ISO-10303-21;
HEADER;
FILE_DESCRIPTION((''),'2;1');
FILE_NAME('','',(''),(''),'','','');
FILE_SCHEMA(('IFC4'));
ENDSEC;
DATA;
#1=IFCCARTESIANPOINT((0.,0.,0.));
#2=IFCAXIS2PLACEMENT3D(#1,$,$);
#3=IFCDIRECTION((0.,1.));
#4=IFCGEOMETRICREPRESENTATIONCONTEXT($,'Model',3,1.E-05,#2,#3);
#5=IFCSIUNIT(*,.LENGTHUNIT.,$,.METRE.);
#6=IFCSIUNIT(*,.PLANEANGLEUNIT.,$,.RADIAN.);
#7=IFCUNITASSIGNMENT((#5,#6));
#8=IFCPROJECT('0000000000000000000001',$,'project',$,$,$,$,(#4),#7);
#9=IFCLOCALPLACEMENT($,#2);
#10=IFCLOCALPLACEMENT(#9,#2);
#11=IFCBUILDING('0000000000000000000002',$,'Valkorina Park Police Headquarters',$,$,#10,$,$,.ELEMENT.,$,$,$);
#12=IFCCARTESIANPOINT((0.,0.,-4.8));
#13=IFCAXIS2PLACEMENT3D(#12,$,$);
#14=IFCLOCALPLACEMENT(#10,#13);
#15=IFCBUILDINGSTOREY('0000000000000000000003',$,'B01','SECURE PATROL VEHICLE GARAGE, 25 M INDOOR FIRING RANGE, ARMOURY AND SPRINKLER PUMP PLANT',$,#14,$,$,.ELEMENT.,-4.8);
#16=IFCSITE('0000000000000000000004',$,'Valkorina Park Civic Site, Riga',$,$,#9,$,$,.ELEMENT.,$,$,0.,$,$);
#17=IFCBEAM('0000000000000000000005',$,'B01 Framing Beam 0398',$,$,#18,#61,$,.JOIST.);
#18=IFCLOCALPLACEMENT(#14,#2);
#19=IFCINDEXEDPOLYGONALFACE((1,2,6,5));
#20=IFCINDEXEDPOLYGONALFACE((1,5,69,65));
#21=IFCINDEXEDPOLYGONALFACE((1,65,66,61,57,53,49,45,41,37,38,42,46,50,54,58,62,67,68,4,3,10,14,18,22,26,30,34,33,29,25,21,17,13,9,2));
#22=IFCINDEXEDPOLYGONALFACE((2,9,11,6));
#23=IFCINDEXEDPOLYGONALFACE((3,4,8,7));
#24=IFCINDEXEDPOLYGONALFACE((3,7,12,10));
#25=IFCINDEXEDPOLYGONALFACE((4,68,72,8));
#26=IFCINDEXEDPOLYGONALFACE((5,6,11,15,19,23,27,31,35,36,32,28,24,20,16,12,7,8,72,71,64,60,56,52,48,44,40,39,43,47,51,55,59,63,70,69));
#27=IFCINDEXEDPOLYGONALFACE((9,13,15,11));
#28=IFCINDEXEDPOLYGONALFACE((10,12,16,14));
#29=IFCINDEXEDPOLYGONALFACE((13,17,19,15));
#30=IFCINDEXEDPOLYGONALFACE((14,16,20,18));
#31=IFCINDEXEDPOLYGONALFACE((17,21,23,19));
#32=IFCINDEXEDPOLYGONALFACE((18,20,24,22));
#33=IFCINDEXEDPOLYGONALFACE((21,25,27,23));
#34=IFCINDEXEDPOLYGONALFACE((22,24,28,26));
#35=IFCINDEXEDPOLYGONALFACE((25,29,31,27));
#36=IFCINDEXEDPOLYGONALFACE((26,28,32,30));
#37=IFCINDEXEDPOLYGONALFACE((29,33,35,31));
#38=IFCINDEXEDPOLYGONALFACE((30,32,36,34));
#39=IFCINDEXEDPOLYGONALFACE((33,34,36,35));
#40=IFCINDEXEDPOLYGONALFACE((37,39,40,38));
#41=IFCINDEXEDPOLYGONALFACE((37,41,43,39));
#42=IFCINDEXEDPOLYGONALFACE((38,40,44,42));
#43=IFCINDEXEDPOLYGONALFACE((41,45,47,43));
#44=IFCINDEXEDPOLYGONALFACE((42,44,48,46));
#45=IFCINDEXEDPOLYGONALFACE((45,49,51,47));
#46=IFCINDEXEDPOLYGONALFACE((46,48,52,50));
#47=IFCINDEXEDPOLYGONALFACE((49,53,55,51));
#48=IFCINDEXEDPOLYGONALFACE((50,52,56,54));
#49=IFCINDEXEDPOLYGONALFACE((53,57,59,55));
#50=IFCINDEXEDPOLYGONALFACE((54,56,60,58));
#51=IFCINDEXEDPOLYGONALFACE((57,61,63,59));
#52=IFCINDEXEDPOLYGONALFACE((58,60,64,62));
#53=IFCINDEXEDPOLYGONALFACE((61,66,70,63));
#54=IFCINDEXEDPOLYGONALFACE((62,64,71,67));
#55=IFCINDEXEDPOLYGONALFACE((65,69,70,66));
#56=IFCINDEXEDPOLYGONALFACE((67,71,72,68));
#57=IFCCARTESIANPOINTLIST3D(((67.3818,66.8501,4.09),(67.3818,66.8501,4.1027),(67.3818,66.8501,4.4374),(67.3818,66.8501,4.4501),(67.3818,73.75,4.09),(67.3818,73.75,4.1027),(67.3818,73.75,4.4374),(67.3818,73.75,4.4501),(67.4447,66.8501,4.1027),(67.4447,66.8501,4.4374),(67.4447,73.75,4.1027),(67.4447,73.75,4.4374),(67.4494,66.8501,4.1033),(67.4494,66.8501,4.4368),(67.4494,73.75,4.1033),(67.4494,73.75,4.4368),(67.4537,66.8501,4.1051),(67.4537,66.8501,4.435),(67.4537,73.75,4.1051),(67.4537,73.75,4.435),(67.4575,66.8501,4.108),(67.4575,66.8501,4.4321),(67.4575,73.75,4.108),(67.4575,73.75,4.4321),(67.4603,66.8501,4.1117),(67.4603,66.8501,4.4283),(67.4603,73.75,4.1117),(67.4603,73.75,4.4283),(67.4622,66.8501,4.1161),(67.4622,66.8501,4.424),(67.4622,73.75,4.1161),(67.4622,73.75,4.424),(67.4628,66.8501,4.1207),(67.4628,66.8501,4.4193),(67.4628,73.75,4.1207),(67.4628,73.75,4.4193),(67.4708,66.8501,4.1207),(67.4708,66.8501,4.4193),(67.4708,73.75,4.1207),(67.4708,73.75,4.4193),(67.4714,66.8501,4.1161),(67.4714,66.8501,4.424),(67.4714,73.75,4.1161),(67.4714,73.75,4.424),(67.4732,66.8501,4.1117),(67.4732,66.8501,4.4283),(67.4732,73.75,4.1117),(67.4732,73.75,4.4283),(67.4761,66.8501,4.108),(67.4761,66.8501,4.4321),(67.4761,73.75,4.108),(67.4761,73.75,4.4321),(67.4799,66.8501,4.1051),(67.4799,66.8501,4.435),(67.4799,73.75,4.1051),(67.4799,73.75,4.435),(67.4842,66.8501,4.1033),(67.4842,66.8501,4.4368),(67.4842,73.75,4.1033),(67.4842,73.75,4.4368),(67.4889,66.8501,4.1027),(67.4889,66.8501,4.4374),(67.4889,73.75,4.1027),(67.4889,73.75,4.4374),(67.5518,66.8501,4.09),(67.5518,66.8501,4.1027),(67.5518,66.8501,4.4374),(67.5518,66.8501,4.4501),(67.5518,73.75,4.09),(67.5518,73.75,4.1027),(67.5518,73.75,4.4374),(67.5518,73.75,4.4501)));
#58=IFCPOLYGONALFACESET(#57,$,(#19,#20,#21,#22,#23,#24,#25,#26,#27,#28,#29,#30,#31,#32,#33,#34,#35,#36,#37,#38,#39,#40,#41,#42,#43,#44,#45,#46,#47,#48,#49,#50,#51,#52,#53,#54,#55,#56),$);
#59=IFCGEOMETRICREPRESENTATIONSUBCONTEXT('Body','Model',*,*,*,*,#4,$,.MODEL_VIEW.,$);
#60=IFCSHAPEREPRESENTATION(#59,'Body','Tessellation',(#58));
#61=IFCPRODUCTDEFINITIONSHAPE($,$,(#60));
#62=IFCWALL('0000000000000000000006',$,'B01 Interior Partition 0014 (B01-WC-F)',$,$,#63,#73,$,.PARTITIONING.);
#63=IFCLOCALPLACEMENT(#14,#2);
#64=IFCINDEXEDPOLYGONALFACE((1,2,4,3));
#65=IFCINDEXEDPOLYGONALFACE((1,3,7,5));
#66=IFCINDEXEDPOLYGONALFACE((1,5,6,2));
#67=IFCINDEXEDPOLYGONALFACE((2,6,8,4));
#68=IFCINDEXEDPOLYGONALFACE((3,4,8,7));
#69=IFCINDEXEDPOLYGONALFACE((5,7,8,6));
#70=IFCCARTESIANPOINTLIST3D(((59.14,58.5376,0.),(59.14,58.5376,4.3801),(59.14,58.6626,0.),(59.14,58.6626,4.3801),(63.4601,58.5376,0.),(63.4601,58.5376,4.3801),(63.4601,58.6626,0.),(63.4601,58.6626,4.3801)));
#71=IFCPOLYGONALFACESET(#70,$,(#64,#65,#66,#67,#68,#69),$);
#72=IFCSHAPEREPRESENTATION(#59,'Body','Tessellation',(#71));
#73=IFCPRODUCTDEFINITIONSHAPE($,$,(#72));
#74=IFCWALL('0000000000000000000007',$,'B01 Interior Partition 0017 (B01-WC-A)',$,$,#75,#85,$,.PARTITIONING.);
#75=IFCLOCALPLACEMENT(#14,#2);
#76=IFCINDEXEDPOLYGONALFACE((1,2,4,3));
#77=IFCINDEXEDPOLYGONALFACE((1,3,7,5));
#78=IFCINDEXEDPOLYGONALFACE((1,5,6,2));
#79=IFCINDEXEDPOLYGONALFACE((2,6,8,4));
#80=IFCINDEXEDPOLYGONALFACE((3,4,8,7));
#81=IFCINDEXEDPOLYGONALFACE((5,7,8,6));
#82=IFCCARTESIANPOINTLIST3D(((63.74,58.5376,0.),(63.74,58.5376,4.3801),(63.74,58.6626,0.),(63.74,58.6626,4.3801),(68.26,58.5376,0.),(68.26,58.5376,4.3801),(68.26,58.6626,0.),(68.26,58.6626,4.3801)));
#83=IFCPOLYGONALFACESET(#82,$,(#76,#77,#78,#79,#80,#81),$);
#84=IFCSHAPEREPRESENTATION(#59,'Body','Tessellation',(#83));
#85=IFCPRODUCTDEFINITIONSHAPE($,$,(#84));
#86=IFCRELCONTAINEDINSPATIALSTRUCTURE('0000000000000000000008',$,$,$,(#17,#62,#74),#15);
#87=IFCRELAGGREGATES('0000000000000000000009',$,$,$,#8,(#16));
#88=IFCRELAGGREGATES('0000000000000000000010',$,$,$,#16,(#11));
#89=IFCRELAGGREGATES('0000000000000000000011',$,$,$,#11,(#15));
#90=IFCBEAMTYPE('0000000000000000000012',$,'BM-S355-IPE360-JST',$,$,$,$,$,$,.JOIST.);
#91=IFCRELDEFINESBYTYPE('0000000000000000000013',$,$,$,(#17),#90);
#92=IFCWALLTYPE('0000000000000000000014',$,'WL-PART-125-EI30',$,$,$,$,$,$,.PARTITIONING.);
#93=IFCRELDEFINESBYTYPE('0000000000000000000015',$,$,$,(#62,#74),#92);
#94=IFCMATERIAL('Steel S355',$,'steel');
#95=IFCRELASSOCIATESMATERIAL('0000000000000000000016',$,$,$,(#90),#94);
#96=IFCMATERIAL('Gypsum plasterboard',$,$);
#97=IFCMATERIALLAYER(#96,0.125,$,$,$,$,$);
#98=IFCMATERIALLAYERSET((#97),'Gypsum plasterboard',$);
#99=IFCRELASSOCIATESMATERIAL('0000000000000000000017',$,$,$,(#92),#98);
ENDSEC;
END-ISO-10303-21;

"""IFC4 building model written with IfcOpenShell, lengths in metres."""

from ifc_helpers import new_model, si_unit, direction, frame, frame_2d, origin, origin_2d, place, context, subcontext, project, spatial, rectangle, i_section, extrude, material, layer, layer_set, material_profile, profile_set, type_object, element, save


model = new_model("IFC4")

# Units and contexts
model_context = context("Model", 3, precision=1e-05, world=origin(), true_north=direction((0.0, 1.0)))
body_context = subcontext(model_context, "Body", "Model", "MODEL_VIEW")
ifc_project = project(units=[si_unit("LENGTHUNIT", "METRE"), si_unit("PLANEANGLEUNIT", "RADIAN")], contexts=[model_context])

# Site, building, storey
site_placement = place(None, origin())
site = spatial("IfcSite", under=ifc_project, at=site_placement, Name="Valkorina Park Civic Site, Riga", CompositionType="ELEMENT", RefElevation=0.0)
building_placement = place(site_placement, origin())
building = spatial("IfcBuilding", under=site, at=building_placement, Name="Valkorina Park Police Headquarters", CompositionType="ELEMENT")
storey_placement = place(building_placement, frame((0.0, 0.0, -4.8)))
storey = spatial("IfcBuildingStorey", under=building, at=storey_placement, Name="B01", Description="SECURE PATROL VEHICLE GARAGE, 25 M INDOOR FIRING RANGE, ARMOURY AND SPRINKLER PUMP PLANT", CompositionType="ELEMENT", Elevation=-4.8)

# Beam
ifc_material_1 = material(Name="Steel S355", Category="steel")
ifc_material_profile_1 = material_profile(ifc_material_1, i_section(OverallWidth=0.1699, OverallDepth=0.3601, WebThickness=0.0081, FlangeThickness=0.0127, FilletRadius=0.0181, at=origin_2d()), Name="IPE 360")
ifc_profile_set_1 = profile_set([ifc_material_profile_1], Name="Steel S355")
beam_type_1 = type_object("IfcBeamType", Name="BM-S355-IPE360-JST", PredefinedType="JOIST", material=ifc_profile_set_1)
beam_1_placement = place(storey_placement, frame((67.4668, 66.8501, 4.27), z_axis=(0.0, 1.0, 0.0), x_axis=(-1.0, 0.0, 0.0)))
element("IfcBeam", 1, at=beam_1_placement, inside=storey, type_object=beam_type_1, Name="B01 Framing Beam 0398", PredefinedType="JOIST", context=body_context, shape_type="SweptSolid", body=[
    extrude(i_section(OverallWidth=0.1699, OverallDepth=0.3601, WebThickness=0.0081, FlangeThickness=0.0127, FilletRadius=0.0181, at=origin_2d()), origin(), (0.0, 0.0, 1.0), 6.8999),
])

# Walls
ifc_material_2 = material(Name="Gypsum plasterboard")
ifc_layer = layer(ifc_material_2, 0.125)
ifc_layer_set = layer_set([ifc_layer], Name="Gypsum plasterboard")
wall_type = type_object("IfcWallType", Name="WL-PART-125-EI30", PredefinedType="PARTITIONING", material=ifc_layer_set)
wall_1_placement = place(storey_placement, frame((59.1399, 58.6001, 0.0), z_axis=(0.0, 0.0, 1.0), x_axis=(1.0, 0.0, 0.0)))
element("IfcWall", 2, at=wall_1_placement, inside=storey, type_object=wall_type, Name="B01 Interior Partition 0014 (B01-WC-F)", PredefinedType="PARTITIONING", context=body_context, shape_type="SweptSolid", body=[
    extrude(rectangle(XDim=4.3201, YDim=0.125, at=frame_2d((2.1602, 0.0))), origin(), (0.0, 0.0, 1.0), 4.3801),
])
wall_2_placement = place(storey_placement, frame((63.74, 58.6001, 0.0), z_axis=(0.0, 0.0, 1.0), x_axis=(1.0, 0.0, 0.0)))
element("IfcWall", 3, at=wall_2_placement, inside=storey, type_object=wall_type, Name="B01 Interior Partition 0017 (B01-WC-A)", PredefinedType="PARTITIONING", context=body_context, shape_type="SweptSolid", body=[
    extrude(rectangle(XDim=4.52, YDim=0.125, at=frame_2d((2.26, 0.0))), origin(), (0.0, 0.0, 1.0), 4.3801),
])

save(model, "model.ifc")
